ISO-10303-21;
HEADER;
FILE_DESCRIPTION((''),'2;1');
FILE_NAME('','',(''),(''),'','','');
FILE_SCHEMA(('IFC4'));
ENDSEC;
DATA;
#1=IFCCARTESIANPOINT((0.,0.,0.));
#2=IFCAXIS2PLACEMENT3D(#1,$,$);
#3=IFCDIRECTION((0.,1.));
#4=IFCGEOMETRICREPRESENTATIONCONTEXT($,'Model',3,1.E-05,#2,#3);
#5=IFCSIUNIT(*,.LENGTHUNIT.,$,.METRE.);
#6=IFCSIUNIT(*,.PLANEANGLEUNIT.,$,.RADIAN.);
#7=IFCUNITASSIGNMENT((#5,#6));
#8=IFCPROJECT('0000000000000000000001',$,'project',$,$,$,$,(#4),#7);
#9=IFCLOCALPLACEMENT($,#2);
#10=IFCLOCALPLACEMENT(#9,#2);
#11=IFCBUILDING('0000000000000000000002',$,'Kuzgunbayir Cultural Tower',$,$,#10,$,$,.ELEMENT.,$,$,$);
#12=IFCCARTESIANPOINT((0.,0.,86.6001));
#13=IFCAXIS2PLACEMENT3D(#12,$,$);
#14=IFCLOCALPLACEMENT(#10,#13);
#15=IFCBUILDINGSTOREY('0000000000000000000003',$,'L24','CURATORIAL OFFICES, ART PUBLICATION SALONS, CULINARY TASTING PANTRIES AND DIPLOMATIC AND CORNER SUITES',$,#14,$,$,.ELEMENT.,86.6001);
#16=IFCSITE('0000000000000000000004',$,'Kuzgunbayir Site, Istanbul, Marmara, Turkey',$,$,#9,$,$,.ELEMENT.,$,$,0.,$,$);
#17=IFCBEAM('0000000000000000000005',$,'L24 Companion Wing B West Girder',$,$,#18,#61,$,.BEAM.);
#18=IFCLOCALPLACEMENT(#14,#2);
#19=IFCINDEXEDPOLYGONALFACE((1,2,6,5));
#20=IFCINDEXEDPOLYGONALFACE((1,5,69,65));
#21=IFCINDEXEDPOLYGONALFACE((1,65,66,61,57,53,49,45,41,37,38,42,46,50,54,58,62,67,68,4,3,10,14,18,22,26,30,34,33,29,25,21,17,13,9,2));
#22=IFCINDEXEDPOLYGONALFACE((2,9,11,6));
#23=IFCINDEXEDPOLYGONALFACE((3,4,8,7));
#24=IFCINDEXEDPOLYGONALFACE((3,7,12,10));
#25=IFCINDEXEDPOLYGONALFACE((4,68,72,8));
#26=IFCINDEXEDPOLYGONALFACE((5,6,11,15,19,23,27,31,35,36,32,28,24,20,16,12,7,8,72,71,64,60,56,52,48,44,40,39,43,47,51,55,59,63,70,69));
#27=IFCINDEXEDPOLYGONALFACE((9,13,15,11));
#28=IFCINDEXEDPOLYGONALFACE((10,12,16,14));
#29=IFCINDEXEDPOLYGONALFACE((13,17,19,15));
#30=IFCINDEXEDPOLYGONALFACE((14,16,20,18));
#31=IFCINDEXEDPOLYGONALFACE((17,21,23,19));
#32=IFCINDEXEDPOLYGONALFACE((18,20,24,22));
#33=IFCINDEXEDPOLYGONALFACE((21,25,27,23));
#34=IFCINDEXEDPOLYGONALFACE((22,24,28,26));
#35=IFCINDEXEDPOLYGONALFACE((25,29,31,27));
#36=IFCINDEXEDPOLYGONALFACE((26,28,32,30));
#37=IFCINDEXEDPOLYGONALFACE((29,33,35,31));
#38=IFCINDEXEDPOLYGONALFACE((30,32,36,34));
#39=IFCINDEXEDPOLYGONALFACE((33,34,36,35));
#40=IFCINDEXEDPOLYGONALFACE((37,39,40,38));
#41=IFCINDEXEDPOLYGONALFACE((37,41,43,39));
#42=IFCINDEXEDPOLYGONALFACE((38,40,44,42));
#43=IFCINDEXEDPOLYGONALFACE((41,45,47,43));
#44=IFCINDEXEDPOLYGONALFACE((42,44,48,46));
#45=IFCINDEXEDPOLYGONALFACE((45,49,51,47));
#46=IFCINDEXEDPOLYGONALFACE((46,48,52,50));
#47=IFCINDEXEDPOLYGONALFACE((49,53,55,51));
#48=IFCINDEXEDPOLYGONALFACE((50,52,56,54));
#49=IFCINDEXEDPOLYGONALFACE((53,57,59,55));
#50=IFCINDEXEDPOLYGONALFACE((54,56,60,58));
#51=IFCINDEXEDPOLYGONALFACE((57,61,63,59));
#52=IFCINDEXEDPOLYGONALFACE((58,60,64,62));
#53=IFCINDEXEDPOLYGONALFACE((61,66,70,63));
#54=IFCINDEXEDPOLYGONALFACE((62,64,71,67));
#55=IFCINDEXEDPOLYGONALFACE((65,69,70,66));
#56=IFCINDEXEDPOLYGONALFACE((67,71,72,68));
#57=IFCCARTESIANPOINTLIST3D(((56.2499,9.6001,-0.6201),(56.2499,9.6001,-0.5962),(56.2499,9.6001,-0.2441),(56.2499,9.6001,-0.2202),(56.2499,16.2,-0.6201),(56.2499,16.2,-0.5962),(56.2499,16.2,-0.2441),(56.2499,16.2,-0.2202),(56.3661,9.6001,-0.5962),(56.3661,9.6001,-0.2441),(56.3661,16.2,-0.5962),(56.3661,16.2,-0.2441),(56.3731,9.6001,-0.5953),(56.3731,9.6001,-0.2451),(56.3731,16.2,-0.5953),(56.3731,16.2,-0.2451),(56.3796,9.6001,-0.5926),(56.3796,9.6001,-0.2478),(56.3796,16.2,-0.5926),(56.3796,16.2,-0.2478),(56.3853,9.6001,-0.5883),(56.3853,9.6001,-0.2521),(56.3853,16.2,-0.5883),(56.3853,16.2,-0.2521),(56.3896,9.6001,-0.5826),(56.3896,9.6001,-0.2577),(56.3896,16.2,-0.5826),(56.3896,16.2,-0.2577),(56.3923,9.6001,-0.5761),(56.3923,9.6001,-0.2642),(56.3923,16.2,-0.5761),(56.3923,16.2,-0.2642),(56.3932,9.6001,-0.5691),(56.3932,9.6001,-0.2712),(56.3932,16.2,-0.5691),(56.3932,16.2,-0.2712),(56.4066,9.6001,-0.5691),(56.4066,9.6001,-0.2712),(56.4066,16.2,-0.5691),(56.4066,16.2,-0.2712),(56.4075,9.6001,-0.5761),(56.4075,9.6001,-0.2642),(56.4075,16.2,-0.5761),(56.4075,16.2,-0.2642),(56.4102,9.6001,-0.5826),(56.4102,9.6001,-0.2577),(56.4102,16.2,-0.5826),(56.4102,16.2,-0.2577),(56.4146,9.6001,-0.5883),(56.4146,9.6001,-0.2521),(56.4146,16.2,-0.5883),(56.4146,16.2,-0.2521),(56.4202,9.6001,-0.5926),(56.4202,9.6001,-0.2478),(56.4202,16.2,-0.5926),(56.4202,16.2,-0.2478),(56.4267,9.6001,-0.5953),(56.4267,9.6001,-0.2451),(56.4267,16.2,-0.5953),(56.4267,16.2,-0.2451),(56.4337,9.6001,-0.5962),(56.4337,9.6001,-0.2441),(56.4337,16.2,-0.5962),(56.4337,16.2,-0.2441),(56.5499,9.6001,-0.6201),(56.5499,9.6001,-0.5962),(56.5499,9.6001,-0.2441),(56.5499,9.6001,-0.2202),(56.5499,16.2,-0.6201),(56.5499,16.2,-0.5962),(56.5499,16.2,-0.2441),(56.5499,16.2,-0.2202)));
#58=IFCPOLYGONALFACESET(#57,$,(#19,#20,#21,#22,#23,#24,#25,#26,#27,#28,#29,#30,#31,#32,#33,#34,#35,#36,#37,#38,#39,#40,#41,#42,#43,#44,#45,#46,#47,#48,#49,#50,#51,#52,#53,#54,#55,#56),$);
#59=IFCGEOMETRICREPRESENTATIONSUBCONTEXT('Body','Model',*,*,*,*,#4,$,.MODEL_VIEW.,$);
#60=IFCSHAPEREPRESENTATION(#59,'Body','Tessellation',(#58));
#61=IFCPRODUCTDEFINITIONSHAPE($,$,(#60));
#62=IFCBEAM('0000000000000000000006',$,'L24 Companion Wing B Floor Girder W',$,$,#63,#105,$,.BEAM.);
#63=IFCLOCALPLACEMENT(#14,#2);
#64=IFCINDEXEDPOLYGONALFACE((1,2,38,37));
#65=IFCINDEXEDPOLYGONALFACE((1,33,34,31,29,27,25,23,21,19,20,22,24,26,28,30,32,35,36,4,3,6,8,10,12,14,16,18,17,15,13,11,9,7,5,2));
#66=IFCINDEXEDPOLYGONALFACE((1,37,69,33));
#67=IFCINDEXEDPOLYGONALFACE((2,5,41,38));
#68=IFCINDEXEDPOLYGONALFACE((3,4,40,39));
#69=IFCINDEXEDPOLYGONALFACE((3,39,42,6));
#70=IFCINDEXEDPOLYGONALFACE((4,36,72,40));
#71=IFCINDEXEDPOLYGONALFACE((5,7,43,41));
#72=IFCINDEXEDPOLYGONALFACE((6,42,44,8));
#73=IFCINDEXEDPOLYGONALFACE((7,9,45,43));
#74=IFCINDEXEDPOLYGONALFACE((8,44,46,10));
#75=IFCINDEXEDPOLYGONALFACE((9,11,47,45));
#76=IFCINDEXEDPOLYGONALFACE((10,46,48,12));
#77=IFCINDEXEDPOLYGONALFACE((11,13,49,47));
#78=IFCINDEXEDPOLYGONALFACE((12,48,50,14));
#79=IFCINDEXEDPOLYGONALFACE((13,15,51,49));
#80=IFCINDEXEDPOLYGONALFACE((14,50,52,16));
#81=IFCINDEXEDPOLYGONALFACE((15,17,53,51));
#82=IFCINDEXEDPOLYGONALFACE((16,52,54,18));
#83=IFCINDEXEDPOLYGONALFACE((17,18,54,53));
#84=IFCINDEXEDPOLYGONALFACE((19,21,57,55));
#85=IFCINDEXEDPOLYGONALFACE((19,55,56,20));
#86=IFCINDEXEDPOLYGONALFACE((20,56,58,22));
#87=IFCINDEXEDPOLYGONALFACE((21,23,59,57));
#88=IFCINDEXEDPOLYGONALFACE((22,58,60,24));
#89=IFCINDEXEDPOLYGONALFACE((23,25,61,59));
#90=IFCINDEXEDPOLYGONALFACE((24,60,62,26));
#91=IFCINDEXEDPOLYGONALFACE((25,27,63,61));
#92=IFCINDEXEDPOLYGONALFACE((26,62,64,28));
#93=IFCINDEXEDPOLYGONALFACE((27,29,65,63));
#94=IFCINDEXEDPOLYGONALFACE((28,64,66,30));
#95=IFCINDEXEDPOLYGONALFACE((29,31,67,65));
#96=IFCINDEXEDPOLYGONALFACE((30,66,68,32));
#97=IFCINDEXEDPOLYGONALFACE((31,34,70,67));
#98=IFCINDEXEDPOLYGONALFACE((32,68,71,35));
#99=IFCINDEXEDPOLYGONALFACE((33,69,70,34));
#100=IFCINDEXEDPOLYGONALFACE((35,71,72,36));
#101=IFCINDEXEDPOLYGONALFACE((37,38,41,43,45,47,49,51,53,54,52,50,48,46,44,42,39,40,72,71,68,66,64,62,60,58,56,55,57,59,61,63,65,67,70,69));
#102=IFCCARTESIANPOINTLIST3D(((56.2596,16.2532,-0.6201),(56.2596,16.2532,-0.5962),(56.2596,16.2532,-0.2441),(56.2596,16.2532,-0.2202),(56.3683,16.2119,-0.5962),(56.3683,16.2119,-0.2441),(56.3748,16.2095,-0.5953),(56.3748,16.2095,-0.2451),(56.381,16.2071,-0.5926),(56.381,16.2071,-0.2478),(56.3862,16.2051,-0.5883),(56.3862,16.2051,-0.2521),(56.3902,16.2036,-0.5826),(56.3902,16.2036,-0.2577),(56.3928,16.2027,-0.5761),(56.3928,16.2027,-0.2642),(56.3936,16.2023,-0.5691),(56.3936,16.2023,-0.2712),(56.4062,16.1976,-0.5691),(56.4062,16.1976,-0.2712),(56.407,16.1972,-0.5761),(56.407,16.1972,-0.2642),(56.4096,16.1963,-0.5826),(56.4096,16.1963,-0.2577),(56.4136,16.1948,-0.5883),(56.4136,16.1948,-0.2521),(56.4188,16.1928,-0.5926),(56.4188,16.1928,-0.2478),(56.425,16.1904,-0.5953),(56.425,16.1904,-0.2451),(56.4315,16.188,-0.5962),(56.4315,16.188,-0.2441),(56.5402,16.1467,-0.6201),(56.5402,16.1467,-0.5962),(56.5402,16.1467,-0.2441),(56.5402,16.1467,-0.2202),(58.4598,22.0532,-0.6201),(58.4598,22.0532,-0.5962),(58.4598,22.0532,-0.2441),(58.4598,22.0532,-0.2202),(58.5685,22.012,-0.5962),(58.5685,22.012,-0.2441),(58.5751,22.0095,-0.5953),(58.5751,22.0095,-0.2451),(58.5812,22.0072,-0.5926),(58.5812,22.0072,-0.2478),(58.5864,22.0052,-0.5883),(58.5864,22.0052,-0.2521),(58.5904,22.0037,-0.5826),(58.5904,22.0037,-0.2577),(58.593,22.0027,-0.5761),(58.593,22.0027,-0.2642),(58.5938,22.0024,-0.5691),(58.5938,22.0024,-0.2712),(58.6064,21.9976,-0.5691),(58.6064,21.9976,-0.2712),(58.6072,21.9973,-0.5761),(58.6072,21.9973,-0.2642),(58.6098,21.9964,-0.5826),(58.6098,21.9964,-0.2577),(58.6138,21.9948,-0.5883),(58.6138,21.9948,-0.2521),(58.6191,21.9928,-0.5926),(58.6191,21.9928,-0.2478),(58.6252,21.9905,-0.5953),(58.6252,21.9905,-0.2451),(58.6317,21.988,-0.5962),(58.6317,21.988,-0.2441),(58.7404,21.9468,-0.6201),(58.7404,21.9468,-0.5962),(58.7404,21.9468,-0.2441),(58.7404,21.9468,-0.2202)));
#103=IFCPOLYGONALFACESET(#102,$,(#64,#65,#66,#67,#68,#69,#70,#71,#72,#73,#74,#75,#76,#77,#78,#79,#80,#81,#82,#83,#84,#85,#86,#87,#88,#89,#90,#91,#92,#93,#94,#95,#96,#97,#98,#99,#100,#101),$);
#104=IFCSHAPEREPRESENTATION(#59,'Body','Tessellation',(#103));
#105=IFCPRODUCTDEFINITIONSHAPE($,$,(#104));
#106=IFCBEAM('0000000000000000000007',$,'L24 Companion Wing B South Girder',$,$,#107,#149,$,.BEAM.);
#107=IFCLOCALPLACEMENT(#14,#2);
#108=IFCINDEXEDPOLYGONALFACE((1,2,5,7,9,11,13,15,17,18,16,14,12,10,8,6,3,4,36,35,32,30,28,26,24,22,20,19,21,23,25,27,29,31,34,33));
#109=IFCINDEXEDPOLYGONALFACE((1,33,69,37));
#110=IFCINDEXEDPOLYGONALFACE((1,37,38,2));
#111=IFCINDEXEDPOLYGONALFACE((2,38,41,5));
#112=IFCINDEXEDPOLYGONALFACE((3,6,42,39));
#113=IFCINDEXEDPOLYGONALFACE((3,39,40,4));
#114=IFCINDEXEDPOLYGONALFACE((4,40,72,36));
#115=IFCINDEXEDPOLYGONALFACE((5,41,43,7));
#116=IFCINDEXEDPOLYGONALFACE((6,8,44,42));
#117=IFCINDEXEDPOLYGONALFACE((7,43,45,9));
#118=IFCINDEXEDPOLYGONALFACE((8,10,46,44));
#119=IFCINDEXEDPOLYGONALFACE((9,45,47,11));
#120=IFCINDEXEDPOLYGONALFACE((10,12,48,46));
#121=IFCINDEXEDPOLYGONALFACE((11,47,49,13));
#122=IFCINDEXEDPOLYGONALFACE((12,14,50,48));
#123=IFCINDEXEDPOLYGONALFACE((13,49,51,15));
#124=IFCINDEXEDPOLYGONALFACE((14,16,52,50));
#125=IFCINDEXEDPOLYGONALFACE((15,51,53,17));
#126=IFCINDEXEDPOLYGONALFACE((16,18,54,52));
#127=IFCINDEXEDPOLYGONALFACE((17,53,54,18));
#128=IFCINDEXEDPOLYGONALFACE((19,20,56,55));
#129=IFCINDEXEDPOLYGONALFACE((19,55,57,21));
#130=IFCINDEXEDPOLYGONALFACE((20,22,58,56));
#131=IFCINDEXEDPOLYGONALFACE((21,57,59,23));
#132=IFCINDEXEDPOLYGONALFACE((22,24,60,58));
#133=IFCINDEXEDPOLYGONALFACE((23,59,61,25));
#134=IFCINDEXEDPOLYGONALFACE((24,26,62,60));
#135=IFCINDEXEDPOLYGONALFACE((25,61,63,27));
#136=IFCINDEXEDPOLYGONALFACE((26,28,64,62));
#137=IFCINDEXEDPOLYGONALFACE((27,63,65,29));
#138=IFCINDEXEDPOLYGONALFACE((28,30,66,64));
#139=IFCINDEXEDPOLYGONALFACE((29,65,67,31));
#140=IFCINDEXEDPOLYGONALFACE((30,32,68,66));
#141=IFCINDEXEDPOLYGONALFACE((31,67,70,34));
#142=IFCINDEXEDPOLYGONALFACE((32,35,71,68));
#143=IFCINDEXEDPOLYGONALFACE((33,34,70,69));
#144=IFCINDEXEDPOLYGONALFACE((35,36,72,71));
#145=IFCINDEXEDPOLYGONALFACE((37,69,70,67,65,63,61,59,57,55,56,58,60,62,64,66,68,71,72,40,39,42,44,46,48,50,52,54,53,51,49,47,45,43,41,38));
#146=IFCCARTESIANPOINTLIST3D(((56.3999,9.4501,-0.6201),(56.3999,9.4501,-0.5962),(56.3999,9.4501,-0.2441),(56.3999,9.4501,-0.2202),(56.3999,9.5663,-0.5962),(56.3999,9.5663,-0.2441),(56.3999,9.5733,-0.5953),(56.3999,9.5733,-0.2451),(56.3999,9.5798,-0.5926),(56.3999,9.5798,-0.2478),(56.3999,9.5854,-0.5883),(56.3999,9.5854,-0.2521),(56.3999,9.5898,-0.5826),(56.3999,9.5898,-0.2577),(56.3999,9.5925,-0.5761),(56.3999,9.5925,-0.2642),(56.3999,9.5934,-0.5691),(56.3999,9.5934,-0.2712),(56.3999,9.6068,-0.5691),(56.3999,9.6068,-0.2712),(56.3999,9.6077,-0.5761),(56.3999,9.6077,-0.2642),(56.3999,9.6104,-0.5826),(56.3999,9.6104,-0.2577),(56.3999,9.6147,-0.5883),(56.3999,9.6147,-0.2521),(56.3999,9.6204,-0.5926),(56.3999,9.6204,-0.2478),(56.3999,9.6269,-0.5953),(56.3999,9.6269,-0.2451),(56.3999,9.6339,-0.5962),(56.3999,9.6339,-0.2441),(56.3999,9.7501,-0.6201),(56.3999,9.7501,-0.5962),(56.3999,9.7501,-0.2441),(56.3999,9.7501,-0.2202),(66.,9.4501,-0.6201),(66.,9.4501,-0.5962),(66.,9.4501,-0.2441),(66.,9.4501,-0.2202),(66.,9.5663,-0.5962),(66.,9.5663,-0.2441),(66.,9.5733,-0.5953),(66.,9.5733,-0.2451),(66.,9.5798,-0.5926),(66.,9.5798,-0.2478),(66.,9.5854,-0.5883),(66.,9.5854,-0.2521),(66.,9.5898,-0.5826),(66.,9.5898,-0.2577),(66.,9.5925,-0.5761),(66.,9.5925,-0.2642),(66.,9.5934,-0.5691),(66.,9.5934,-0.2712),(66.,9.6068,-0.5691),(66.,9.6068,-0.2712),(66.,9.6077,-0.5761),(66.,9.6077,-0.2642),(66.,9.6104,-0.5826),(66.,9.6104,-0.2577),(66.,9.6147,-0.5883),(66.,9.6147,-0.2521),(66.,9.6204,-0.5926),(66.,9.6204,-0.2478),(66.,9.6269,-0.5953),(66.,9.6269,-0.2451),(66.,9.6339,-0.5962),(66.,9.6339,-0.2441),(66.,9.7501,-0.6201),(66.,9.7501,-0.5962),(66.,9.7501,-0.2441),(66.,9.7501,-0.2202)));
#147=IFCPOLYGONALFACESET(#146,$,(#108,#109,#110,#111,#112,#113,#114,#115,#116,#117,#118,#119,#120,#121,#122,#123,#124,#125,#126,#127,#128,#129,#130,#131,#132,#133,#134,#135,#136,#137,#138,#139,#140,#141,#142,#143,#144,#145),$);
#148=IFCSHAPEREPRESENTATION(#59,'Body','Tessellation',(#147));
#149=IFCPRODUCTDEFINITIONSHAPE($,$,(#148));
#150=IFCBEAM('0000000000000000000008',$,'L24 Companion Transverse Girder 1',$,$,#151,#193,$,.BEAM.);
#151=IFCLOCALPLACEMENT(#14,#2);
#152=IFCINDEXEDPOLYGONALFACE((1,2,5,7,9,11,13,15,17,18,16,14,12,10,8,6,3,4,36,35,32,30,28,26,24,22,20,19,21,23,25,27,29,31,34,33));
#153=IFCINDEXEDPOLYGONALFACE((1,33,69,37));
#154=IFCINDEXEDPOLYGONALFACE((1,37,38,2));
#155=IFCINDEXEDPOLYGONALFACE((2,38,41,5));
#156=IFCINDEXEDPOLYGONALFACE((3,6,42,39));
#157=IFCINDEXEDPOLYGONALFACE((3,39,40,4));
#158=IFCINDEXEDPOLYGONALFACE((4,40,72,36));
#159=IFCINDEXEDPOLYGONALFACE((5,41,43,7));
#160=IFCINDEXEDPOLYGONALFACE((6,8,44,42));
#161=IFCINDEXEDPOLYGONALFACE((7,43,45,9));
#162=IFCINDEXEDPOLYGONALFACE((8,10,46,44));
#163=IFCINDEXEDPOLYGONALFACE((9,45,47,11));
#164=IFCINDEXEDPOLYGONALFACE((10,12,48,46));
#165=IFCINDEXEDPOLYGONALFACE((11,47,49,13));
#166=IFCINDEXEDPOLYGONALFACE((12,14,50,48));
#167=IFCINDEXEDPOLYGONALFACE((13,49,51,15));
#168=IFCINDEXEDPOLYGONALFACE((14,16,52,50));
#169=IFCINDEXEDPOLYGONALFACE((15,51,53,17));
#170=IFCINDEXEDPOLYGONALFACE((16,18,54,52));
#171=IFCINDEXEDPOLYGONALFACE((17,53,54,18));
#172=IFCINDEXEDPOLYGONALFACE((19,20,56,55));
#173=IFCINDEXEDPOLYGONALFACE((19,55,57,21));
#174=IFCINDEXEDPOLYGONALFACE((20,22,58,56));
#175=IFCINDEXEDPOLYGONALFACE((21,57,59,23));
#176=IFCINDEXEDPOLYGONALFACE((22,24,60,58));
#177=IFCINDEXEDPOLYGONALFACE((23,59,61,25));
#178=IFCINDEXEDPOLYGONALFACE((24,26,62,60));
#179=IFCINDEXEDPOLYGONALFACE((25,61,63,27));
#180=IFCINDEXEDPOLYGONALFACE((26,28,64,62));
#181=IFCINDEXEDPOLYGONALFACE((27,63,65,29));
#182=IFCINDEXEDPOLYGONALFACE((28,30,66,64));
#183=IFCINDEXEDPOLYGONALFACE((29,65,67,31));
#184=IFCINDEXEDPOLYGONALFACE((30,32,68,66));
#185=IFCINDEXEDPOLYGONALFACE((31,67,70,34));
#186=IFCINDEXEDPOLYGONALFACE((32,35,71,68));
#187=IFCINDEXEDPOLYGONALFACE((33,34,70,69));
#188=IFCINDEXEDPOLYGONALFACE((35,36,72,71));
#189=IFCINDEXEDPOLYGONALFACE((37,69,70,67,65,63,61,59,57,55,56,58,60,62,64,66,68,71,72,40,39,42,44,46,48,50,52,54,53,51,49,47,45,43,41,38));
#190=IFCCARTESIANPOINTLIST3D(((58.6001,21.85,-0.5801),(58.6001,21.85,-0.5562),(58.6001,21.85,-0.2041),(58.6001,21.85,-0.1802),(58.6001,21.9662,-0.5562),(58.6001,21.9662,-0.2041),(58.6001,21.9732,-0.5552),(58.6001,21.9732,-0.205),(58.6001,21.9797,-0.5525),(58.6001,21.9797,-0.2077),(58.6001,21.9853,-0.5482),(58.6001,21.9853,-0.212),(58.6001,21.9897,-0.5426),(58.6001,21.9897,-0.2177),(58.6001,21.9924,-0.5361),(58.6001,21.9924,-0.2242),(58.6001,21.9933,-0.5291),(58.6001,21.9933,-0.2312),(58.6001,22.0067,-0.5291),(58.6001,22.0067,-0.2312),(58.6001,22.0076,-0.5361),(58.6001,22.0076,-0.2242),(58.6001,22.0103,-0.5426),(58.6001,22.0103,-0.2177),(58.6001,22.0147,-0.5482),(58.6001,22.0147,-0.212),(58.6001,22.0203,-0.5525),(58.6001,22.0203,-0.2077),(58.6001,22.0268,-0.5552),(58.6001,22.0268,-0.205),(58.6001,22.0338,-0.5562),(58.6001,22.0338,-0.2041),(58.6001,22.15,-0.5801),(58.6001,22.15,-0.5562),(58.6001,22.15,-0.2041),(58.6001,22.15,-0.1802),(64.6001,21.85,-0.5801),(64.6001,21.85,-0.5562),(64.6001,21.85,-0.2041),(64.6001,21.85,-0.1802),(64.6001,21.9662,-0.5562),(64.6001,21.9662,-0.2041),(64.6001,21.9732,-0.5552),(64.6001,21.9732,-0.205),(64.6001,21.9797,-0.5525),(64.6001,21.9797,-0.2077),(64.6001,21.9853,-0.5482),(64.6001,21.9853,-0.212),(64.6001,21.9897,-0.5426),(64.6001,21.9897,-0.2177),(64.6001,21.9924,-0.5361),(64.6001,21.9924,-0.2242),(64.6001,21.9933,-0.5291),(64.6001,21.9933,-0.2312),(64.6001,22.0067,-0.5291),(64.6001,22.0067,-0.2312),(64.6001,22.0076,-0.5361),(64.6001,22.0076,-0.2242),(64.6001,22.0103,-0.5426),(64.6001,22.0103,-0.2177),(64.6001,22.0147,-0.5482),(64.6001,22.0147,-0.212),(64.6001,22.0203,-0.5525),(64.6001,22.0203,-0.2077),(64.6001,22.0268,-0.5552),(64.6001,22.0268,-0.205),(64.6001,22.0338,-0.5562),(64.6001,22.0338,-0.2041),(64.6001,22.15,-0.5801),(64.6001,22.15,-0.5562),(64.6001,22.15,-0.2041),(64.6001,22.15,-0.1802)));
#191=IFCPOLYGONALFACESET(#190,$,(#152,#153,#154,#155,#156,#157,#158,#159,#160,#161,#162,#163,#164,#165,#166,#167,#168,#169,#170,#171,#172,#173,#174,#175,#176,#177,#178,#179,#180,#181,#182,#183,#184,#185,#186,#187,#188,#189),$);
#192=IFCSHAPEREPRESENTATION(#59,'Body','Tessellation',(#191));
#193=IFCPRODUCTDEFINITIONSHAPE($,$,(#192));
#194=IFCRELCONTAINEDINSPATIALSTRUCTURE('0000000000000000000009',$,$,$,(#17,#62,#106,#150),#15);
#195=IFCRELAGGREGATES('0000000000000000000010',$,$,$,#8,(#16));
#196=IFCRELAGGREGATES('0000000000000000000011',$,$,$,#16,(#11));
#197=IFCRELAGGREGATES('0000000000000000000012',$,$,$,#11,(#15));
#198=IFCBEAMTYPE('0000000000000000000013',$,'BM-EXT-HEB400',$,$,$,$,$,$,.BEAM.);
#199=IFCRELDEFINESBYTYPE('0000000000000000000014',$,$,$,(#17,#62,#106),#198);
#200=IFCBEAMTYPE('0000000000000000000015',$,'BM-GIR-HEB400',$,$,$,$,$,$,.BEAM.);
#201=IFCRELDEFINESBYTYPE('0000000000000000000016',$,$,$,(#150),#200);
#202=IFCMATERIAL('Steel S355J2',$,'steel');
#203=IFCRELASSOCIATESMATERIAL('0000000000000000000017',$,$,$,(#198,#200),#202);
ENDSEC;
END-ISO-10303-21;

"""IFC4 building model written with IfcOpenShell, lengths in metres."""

from ifc_helpers import new_model, si_unit, direction, frame, origin, origin_2d, place, context, subcontext, project, spatial, i_section, extrude, material, material_profile, profile_set, type_object, element, save


model = new_model("IFC4")

# Units and contexts
model_context = context("Model", 3, precision=1e-05, world=origin(), true_north=direction((0.0, 1.0)))
body_context = subcontext(model_context, "Body", "Model", "MODEL_VIEW")
ifc_project = project(units=[si_unit("LENGTHUNIT", "METRE"), si_unit("PLANEANGLEUNIT", "RADIAN")], contexts=[model_context])

# Site, building, storey
site_placement = place(None, origin())
site = spatial("IfcSite", under=ifc_project, at=site_placement, Name="Kuzgunbayir Site, Istanbul, Marmara, Turkey", CompositionType="ELEMENT", RefElevation=0.0)
building_placement = place(site_placement, origin())
building = spatial("IfcBuilding", under=site, at=building_placement, Name="Kuzgunbayir Cultural Tower", CompositionType="ELEMENT")
storey_placement = place(building_placement, frame((0.0, 0.0, 86.6001)))
storey = spatial("IfcBuildingStorey", under=building, at=storey_placement, Name="L24", Description="CURATORIAL OFFICES, ART PUBLICATION SALONS, CULINARY TASTING PANTRIES AND DIPLOMATIC AND CORNER SUITES", CompositionType="ELEMENT", Elevation=86.6001)

# Beams
ifc_material_1 = material(Name="Steel S355J2", Category="steel")
ifc_material_profile_1 = material_profile(ifc_material_1, i_section(OverallWidth=0.3, OverallDepth=0.3999, WebThickness=0.0134, FlangeThickness=0.0239, FilletRadius=0.0271, at=origin_2d()), Name="HEB 400")
ifc_profile_set_1 = profile_set([ifc_material_profile_1], Name="Steel S355J2")
beam_type_1 = type_object("IfcBeamType", Name="BM-EXT-HEB400", PredefinedType="BEAM", material=ifc_profile_set_1)
beam_1_placement = place(storey_placement, frame((56.3999, 9.6001, -0.4202), z_axis=(0.0, 1.0, 0.0), x_axis=(-1.0, 0.0, 0.0)))
element("IfcBeam", 1, at=beam_1_placement, inside=storey, type_object=beam_type_1, Name="L24 Companion Wing B West Girder", PredefinedType="BEAM", context=body_context, shape_type="SweptSolid", body=[
    extrude(i_section(OverallWidth=0.3, OverallDepth=0.3999, WebThickness=0.0134, FlangeThickness=0.0239, FilletRadius=0.0271, at=origin_2d()), origin(), (0.0, 0.0, 1.0), 6.5999),
])
beam_2_placement = place(storey_placement, frame((56.3999, 16.2, -0.4202), z_axis=(0.354679, 0.934988, 0.0), x_axis=(-0.934988, 0.354679, 0.0)))
element("IfcBeam", 2, at=beam_2_placement, inside=storey, type_object=beam_type_1, Name="L24 Companion Wing B Floor Girder W", PredefinedType="BEAM", context=body_context, shape_type="SweptSolid", body=[
    extrude(i_section(OverallWidth=0.3, OverallDepth=0.3999, WebThickness=0.0134, FlangeThickness=0.0239, FilletRadius=0.0271, at=origin_2d()), origin(), (0.0, 0.0, 1.0), 6.2034),
])
beam_3_placement = place(storey_placement, frame((56.3999, 9.6001, -0.4202), z_axis=(1.0, 0.0, 0.0), x_axis=(0.0, 1.0, 0.0)))
element("IfcBeam", 3, at=beam_3_placement, inside=storey, type_object=beam_type_1, Name="L24 Companion Wing B South Girder", PredefinedType="BEAM", context=body_context, shape_type="SweptSolid", body=[
    extrude(i_section(OverallWidth=0.3, OverallDepth=0.3999, WebThickness=0.0134, FlangeThickness=0.0239, FilletRadius=0.0271, at=origin_2d()), origin(), (0.0, 0.0, 1.0), 9.6001),
])
ifc_material_profile_2 = material_profile(ifc_material_1, i_section(OverallWidth=0.3, OverallDepth=0.3999, WebThickness=0.0134, FlangeThickness=0.0239, FilletRadius=0.0271, at=origin_2d()), Name="HEB 400")
ifc_profile_set_2 = profile_set([ifc_material_profile_2], Name="Steel S355J2")
beam_type_2 = type_object("IfcBeamType", Name="BM-GIR-HEB400", PredefinedType="BEAM", material=ifc_profile_set_2)
beam_4_placement = place(storey_placement, frame((58.6001, 22.0, -0.3801), z_axis=(1.0, 0.0, 0.0), x_axis=(0.0, 1.0, 0.0)))
element("IfcBeam", 4, at=beam_4_placement, inside=storey, type_object=beam_type_2, Name="L24 Companion Transverse Girder 1", PredefinedType="BEAM", context=body_context, shape_type="SweptSolid", body=[
    extrude(i_section(OverallWidth=0.3, OverallDepth=0.3999, WebThickness=0.0134, FlangeThickness=0.0239, FilletRadius=0.0271, at=origin_2d()), origin(), (0.0, 0.0, 1.0), 6.0),
])

save(model, "model.ifc")
